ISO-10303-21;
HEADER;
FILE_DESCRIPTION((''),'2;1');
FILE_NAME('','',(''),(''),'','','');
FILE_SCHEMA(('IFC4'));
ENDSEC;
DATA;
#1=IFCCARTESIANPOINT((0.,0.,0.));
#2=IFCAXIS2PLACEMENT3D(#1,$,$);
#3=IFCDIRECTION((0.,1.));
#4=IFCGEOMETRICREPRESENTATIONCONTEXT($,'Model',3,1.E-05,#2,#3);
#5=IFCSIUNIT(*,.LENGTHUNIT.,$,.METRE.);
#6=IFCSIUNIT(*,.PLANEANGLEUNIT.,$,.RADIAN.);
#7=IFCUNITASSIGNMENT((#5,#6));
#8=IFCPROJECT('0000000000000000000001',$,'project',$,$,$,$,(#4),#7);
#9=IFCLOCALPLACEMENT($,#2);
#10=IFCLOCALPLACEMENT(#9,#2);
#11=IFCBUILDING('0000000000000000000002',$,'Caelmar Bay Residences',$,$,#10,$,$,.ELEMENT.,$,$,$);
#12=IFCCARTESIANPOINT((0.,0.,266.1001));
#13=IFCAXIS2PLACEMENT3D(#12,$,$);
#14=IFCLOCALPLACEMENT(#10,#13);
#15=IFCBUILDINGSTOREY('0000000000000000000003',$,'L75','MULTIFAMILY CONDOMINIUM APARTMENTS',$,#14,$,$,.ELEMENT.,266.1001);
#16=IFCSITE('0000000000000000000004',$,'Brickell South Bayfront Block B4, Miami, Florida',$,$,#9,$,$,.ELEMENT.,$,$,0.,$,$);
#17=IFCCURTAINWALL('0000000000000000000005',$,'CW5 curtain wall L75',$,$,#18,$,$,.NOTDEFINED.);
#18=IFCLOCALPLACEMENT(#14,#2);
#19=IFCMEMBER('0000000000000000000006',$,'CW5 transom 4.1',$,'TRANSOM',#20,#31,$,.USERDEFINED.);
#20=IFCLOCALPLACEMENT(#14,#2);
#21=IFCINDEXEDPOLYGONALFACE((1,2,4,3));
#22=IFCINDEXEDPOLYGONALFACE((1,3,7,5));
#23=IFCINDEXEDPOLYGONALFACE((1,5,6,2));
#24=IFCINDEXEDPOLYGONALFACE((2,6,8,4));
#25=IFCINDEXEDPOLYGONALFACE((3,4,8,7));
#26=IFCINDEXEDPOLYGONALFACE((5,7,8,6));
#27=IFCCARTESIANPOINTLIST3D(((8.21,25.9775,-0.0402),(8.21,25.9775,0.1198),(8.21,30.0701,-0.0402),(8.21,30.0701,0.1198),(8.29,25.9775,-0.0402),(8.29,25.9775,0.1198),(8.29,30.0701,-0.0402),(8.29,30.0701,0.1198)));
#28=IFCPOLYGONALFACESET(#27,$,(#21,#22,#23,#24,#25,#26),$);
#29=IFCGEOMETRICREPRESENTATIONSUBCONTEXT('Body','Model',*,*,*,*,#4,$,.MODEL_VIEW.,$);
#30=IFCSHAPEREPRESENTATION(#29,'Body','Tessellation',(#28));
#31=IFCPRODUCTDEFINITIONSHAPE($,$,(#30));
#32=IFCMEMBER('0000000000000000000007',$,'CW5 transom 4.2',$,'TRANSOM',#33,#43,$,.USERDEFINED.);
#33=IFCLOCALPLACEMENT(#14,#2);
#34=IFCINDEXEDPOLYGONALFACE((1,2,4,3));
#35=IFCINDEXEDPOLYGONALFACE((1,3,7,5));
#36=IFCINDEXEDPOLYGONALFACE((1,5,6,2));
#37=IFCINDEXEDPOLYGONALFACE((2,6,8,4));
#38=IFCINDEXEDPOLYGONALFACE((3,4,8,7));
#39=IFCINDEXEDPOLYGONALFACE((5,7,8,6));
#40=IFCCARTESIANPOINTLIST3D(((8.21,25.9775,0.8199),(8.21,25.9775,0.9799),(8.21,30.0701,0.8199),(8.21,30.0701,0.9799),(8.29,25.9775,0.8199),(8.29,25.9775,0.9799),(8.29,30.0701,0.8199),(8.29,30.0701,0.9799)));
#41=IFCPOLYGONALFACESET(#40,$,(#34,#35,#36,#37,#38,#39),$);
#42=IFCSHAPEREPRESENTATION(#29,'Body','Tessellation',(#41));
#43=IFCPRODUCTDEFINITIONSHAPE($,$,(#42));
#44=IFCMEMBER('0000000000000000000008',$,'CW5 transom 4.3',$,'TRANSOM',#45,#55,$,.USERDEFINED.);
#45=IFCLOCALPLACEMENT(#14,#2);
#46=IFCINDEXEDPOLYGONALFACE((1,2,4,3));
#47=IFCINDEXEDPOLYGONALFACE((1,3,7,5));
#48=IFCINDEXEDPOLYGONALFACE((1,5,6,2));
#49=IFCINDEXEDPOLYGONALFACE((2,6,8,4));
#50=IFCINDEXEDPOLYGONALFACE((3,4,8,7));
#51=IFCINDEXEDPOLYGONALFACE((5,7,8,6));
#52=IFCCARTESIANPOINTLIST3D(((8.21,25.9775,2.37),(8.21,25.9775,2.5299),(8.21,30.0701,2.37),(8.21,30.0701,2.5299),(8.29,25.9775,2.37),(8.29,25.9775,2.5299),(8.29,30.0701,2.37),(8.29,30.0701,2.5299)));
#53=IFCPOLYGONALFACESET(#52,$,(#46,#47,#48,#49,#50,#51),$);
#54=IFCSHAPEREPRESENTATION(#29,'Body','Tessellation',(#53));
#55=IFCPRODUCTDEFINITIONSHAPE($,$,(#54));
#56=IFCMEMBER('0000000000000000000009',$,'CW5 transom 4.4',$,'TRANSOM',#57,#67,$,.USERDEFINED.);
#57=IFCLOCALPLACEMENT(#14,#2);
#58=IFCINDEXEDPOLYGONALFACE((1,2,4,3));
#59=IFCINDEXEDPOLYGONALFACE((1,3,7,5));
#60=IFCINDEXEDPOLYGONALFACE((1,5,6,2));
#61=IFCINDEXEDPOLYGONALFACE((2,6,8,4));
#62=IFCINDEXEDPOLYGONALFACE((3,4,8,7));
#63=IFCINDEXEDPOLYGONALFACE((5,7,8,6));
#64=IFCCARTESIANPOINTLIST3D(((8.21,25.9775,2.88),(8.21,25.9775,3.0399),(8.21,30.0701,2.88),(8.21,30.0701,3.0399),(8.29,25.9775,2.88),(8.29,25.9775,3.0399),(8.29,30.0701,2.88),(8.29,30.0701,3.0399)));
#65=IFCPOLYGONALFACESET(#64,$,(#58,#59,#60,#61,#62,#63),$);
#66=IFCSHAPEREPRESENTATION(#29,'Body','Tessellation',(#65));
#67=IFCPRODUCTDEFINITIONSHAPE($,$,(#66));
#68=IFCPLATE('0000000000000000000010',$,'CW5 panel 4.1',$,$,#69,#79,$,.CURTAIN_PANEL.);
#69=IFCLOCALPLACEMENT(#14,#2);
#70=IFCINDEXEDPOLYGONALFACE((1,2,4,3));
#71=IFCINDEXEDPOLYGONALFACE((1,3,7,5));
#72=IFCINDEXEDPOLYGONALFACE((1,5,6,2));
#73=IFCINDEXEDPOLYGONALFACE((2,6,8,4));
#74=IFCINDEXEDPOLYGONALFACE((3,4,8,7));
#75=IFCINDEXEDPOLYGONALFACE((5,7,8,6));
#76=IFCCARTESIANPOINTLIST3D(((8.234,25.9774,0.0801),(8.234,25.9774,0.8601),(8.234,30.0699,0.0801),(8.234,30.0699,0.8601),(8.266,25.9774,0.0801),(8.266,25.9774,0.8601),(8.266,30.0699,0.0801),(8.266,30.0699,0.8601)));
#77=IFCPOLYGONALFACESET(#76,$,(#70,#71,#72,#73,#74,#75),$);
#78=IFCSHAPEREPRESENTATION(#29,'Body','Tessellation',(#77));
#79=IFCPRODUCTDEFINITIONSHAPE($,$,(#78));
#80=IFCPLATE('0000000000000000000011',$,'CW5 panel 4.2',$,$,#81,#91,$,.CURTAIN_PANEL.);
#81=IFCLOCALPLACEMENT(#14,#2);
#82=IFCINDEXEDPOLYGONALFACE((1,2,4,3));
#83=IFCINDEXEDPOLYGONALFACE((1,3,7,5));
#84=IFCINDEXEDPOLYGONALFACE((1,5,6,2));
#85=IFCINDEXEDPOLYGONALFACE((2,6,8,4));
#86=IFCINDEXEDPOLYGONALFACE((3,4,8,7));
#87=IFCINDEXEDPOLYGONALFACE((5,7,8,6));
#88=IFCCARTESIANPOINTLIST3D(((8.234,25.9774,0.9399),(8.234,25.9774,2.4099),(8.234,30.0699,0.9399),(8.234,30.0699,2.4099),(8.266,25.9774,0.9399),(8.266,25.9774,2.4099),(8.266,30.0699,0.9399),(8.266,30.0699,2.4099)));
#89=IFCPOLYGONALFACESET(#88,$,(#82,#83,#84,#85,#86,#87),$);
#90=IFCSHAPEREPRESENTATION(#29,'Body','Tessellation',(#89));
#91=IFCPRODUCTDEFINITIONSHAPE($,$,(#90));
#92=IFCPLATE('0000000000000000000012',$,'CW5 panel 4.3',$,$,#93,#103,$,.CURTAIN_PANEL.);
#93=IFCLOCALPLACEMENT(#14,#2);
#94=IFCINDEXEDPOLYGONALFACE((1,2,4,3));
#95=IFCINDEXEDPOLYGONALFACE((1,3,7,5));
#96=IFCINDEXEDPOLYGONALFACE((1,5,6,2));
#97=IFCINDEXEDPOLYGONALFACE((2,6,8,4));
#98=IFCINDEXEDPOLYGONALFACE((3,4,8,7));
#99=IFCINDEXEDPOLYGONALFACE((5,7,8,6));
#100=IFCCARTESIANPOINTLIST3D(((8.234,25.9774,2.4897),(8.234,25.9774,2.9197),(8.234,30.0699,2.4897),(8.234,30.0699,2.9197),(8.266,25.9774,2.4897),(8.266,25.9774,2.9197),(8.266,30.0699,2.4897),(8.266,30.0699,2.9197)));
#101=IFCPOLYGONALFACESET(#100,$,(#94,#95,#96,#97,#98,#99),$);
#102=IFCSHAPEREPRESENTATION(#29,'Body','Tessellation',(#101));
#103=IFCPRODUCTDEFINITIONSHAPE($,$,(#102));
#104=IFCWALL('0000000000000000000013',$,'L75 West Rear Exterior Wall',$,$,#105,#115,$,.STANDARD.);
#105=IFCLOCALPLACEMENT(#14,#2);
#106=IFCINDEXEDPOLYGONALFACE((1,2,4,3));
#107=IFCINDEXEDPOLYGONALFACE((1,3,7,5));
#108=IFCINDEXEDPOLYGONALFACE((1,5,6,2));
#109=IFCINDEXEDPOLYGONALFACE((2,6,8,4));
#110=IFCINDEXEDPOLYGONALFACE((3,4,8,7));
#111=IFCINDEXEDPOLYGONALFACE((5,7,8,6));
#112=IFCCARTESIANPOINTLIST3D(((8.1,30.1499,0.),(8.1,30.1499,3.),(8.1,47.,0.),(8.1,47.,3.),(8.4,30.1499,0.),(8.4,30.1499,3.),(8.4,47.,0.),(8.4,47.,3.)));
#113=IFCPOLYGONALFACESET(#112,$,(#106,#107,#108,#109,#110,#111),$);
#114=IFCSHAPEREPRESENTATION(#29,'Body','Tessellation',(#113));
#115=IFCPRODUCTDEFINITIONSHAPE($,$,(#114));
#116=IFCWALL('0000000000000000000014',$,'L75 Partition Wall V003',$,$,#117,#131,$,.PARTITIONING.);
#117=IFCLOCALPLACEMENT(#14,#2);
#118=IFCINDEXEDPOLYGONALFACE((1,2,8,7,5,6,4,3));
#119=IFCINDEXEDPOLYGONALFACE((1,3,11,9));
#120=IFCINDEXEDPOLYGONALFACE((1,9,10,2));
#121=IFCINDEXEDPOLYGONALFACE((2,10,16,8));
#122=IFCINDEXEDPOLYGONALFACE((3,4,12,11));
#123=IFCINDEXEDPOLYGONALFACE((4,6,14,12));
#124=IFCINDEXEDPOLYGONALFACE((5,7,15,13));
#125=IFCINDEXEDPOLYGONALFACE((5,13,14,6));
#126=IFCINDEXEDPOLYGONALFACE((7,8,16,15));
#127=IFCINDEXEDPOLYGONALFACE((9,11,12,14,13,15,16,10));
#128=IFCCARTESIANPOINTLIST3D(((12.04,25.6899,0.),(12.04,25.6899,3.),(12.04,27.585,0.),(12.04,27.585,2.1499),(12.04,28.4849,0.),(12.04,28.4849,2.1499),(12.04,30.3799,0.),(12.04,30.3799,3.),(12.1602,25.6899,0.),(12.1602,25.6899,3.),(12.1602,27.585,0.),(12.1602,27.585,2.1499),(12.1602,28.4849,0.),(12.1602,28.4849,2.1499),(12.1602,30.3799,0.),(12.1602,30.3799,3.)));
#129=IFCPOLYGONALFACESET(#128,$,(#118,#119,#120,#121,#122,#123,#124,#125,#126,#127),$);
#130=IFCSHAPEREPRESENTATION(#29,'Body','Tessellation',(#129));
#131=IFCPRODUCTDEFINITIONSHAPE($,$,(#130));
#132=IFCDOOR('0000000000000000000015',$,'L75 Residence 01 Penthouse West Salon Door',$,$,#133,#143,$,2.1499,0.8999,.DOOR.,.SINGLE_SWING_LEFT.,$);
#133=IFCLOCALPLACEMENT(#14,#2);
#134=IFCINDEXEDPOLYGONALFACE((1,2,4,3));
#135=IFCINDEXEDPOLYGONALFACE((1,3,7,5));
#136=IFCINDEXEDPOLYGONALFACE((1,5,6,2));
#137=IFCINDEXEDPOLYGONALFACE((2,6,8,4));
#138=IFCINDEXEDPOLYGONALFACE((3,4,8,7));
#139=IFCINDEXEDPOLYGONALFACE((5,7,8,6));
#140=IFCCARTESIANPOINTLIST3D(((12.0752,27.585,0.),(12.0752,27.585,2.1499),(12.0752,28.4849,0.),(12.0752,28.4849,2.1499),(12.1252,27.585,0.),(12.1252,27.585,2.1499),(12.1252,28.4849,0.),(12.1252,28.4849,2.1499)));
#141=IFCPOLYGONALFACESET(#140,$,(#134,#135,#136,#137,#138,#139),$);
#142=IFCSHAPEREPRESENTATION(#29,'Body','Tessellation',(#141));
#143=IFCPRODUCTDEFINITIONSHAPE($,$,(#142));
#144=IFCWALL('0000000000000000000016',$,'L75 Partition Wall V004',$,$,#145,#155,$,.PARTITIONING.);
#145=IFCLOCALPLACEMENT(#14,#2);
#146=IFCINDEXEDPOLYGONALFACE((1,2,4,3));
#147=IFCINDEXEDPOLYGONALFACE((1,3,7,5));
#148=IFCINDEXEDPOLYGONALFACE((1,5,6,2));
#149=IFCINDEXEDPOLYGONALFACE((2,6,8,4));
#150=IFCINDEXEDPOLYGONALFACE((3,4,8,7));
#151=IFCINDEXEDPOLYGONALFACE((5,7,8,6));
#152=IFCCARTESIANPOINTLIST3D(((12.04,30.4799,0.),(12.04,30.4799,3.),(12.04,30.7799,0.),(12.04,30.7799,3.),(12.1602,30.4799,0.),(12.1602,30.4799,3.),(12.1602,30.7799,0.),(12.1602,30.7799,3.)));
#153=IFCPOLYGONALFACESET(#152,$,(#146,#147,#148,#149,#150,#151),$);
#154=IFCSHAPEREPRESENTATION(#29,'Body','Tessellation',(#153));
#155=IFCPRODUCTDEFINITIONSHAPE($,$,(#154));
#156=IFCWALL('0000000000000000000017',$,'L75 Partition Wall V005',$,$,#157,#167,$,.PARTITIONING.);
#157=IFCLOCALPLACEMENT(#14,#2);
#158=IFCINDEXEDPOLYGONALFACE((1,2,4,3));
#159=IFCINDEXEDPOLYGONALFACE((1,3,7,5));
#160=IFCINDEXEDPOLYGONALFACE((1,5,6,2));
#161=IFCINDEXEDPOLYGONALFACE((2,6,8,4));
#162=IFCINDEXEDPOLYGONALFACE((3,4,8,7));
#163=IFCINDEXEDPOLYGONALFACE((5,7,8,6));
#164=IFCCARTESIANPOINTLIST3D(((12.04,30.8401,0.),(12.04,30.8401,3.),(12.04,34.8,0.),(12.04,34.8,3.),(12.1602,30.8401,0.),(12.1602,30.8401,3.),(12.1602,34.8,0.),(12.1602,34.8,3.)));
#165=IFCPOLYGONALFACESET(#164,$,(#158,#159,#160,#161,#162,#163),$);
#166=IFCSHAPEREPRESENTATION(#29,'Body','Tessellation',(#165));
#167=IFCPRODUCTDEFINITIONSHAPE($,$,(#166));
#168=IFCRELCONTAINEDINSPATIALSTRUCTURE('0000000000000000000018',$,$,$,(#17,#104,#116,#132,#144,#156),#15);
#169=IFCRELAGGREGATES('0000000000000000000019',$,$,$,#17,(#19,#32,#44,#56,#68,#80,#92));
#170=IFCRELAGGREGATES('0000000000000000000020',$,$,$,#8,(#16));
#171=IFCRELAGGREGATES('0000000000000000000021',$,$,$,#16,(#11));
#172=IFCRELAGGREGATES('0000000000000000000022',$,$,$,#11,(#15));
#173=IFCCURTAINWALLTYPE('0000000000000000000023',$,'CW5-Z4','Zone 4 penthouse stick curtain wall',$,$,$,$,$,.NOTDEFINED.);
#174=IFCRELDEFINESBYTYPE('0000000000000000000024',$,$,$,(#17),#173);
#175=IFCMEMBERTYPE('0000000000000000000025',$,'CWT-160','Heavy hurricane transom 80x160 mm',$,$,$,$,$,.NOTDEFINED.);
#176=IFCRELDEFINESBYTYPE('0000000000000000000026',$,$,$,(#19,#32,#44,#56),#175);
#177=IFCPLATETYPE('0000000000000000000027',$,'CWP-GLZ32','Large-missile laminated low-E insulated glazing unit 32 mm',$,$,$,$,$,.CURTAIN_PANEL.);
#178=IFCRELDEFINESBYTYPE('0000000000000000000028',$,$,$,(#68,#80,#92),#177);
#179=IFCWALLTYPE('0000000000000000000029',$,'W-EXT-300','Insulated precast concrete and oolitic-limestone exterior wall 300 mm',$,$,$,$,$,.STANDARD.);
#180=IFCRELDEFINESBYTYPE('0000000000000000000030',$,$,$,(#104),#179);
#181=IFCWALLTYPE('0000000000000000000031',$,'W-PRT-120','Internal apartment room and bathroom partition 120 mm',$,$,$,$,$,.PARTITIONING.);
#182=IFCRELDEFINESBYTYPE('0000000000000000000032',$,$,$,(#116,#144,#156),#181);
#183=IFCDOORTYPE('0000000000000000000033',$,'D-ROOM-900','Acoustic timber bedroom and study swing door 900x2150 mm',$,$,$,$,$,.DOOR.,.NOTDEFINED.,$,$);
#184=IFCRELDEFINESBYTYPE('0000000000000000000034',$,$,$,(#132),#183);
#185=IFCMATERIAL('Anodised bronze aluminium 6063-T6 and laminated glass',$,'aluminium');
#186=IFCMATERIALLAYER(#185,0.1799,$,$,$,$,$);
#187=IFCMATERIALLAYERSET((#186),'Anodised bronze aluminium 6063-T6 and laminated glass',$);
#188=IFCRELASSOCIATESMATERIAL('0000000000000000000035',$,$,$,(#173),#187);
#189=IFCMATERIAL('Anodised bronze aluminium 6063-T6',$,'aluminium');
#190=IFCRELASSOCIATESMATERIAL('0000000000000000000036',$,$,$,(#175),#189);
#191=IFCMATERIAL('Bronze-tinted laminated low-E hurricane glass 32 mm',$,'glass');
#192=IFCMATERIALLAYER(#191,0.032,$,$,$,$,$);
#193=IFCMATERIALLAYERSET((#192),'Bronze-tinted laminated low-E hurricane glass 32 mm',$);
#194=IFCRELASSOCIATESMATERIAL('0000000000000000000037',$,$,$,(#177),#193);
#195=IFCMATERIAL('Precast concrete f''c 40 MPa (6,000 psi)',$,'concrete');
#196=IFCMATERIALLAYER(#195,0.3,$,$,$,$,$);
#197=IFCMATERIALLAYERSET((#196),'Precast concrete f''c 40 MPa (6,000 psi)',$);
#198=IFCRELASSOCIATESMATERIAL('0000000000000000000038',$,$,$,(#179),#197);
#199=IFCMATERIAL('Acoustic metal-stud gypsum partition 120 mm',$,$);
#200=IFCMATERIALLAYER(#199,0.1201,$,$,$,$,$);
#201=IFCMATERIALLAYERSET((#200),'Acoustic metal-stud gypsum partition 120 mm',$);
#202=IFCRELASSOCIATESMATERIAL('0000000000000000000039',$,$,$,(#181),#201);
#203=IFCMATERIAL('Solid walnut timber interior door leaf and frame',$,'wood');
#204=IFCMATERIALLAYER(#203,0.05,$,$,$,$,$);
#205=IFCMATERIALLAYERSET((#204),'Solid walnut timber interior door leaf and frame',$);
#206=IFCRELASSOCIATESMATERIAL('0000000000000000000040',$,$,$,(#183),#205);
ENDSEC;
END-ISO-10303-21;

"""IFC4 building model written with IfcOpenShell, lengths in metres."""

from ifc_helpers import new_model, si_unit, direction, frame, frame_2d, origin, origin_2d, place, context, subcontext, project, spatial, rectangle, extrude, material, layer, layer_set, material_profile, profile_set, type_object, element, fill, aggregate, save


model = new_model("IFC4")

# Units and contexts
model_context = context("Model", 3, precision=1e-05, world=origin(), true_north=direction((0.0, 1.0)))
body_context = subcontext(model_context, "Body", "Model", "MODEL_VIEW")
ifc_project = project(units=[si_unit("LENGTHUNIT", "METRE"), si_unit("PLANEANGLEUNIT", "RADIAN")], contexts=[model_context])

# Site, building, storey
site_placement = place(None, origin())
site = spatial("IfcSite", under=ifc_project, at=site_placement, Name="Brickell South Bayfront Block B4, Miami, Florida", CompositionType="ELEMENT", RefElevation=0.0)
building_placement = place(site_placement, origin())
building = spatial("IfcBuilding", under=site, at=building_placement, Name="Caelmar Bay Residences", CompositionType="ELEMENT")
storey_placement = place(building_placement, frame((0.0, 0.0, 266.1001)))
storey = spatial("IfcBuildingStorey", under=building, at=storey_placement, Name="L75", Description="MULTIFAMILY CONDOMINIUM APARTMENTS", CompositionType="ELEMENT", Elevation=266.1001)

# Curtain wall, members, plates
ifc_material_1 = material(Name="Anodised bronze aluminium 6063-T6 and laminated glass", Category="aluminium")
ifc_layer_1 = layer(ifc_material_1, 0.1799)
ifc_layer_set_1 = layer_set([ifc_layer_1], Name="Anodised bronze aluminium 6063-T6 and laminated glass")
curtain_wall_type = type_object("IfcCurtainWallType", Name="CW5-Z4", Description="Zone 4 penthouse stick curtain wall", PredefinedType="NOTDEFINED", material=ifc_layer_set_1)
curtain_wall_placement = place(storey_placement, origin())
curtain_wall = element("IfcCurtainWall", 1, at=curtain_wall_placement, inside=storey, type_object=curtain_wall_type, Name="CW5 curtain wall L75", PredefinedType="NOTDEFINED")
ifc_material_2 = material(Name="Anodised bronze aluminium 6063-T6", Category="aluminium")
ifc_material_profile_1 = material_profile(ifc_material_2, rectangle(XDim=0.0801, YDim=0.1599, at=origin_2d()), Name="CWT-80X160")
ifc_profile_set_1 = profile_set([ifc_material_profile_1], Name="Anodised bronze aluminium 6063-T6")
member_type_1 = type_object("IfcMemberType", Name="CWT-160", Description="Heavy hurricane transom 80x160 mm", PredefinedType="NOTDEFINED", material=ifc_profile_set_1)
member_1_placement = place(storey_placement, frame((8.25, 25.9775, 0.0398), z_axis=(0.0, 1.0, 0.0), x_axis=(-1.0, 0.0, 0.0)))
member_1 = element("IfcMember", 2, at=member_1_placement, type_object=member_type_1, Name="CW5 transom 4.1", ObjectType="TRANSOM", PredefinedType="USERDEFINED", context=body_context, shape_type="SweptSolid", body=[
    extrude(rectangle(XDim=0.0801, YDim=0.1599, at=origin_2d()), origin(), (0.0, 0.0, 1.0), 4.0925),
])
member_2_placement = place(storey_placement, frame((8.25, 25.9775, 0.8999), z_axis=(0.0, 1.0, 0.0), x_axis=(-1.0, 0.0, 0.0)))
member_2 = element("IfcMember", 3, at=member_2_placement, type_object=member_type_1, Name="CW5 transom 4.2", ObjectType="TRANSOM", PredefinedType="USERDEFINED", context=body_context, shape_type="SweptSolid", body=[
    extrude(rectangle(XDim=0.0801, YDim=0.1599, at=origin_2d()), origin(), (0.0, 0.0, 1.0), 4.0925),
])
member_3_placement = place(storey_placement, frame((8.25, 25.9775, 2.45), z_axis=(0.0, 1.0, 0.0), x_axis=(-1.0, 0.0, 0.0)))
member_3 = element("IfcMember", 4, at=member_3_placement, type_object=member_type_1, Name="CW5 transom 4.3", ObjectType="TRANSOM", PredefinedType="USERDEFINED", context=body_context, shape_type="SweptSolid", body=[
    extrude(rectangle(XDim=0.0801, YDim=0.1599, at=origin_2d()), origin(), (0.0, 0.0, 1.0), 4.0925),
])
member_4_placement = place(storey_placement, frame((8.25, 25.9775, 2.96), z_axis=(0.0, 1.0, 0.0), x_axis=(-1.0, 0.0, 0.0)))
member_4 = element("IfcMember", 5, at=member_4_placement, type_object=member_type_1, Name="CW5 transom 4.4", ObjectType="TRANSOM", PredefinedType="USERDEFINED", context=body_context, shape_type="SweptSolid", body=[
    extrude(rectangle(XDim=0.0801, YDim=0.1599, at=origin_2d()), origin(), (0.0, 0.0, 1.0), 4.0925),
])
ifc_material_3 = material(Name="Bronze-tinted laminated low-E hurricane glass 32 mm", Category="glass")
ifc_layer_2 = layer(ifc_material_3, 0.032)
ifc_layer_set_2 = layer_set([ifc_layer_2], Name="Bronze-tinted laminated low-E hurricane glass 32 mm")
plate_type = type_object("IfcPlateType", Name="CWP-GLZ32", Description="Large-missile laminated low-E insulated glazing unit 32 mm", PredefinedType="CURTAIN_PANEL", material=ifc_layer_set_2)
plate_1_placement = place(storey_placement, frame((8.25, 28.0237, 0.0801), z_axis=(0.0, 0.0, 1.0), x_axis=(0.0, 1.0, 0.0)))
plate_1 = element("IfcPlate", 6, at=plate_1_placement, type_object=plate_type, Name="CW5 panel 4.1", PredefinedType="CURTAIN_PANEL", context=body_context, shape_type="SweptSolid", body=[
    extrude(rectangle(XDim=4.0925, YDim=0.032, at=origin_2d()), origin(), (0.0, 0.0, 1.0), 0.78),
])
plate_2_placement = place(storey_placement, frame((8.25, 28.0237, 0.9399), z_axis=(0.0, 0.0, 1.0), x_axis=(0.0, 1.0, 0.0)))
plate_2 = element("IfcPlate", 7, at=plate_2_placement, type_object=plate_type, Name="CW5 panel 4.2", PredefinedType="CURTAIN_PANEL", context=body_context, shape_type="SweptSolid", body=[
    extrude(rectangle(XDim=4.0925, YDim=0.032, at=origin_2d()), origin(), (0.0, 0.0, 1.0), 1.47),
])
plate_3_placement = place(storey_placement, frame((8.25, 28.0237, 2.4897), z_axis=(0.0, 0.0, 1.0), x_axis=(0.0, 1.0, 0.0)))
plate_3 = element("IfcPlate", 8, at=plate_3_placement, type_object=plate_type, Name="CW5 panel 4.3", PredefinedType="CURTAIN_PANEL", context=body_context, shape_type="SweptSolid", body=[
    extrude(rectangle(XDim=4.0925, YDim=0.032, at=origin_2d()), origin(), (0.0, 0.0, 1.0), 0.4299),
])
aggregate(curtain_wall, [member_1, member_2, member_3, member_4, plate_1, plate_2, plate_3])

# Wall
ifc_material_4 = material(Name="Precast concrete f'c 40 MPa (6,000 psi)", Category="concrete")
ifc_layer_3 = layer(ifc_material_4, 0.3)
ifc_layer_set_3 = layer_set([ifc_layer_3], Name="Precast concrete f'c 40 MPa (6,000 psi)")
wall_type_1 = type_object("IfcWallType", Name="W-EXT-300", Description="Insulated precast concrete and oolitic-limestone exterior wall 300 mm", PredefinedType="STANDARD", material=ifc_layer_set_3)
wall_1_placement = place(storey_placement, frame((8.25, 30.1499, 0.0), z_axis=(0.0, 0.0, 1.0), x_axis=(0.0, 1.0, 0.0)))
element("IfcWall", 9, at=wall_1_placement, inside=storey, type_object=wall_type_1, Name="L75 West Rear Exterior Wall", PredefinedType="STANDARD", context=body_context, shape_type="SweptSolid", body=[
    extrude(rectangle(XDim=16.8501, YDim=0.3, at=frame_2d((8.425, 0.0))), origin(), (0.0, 0.0, 1.0), 3.0),
])

# Wall, opening, door
ifc_material_5 = material(Name="Acoustic metal-stud gypsum partition 120 mm")
ifc_layer_4 = layer(ifc_material_5, 0.1201)
ifc_layer_set_4 = layer_set([ifc_layer_4], Name="Acoustic metal-stud gypsum partition 120 mm")
wall_type_2 = type_object("IfcWallType", Name="W-PRT-120", Description="Internal apartment room and bathroom partition 120 mm", PredefinedType="PARTITIONING", material=ifc_layer_set_4)
wall_2_placement = place(storey_placement, frame((12.1001, 25.6899, 0.0), z_axis=(0.0, 0.0, 1.0), x_axis=(0.0, 1.0, 0.0)))
wall_2 = element("IfcWall", 10, at=wall_2_placement, inside=storey, type_object=wall_type_2, Name="L75 Partition Wall V003", PredefinedType="PARTITIONING", context=body_context, shape_type="SweptSolid", body=[
    extrude(rectangle(XDim=4.6899, YDim=0.1201, at=frame_2d((2.345, 0.0))), origin(), (0.0, 0.0, 1.0), 3.0),
])
opening_1_placement = place(wall_2_placement, frame((1.895, 0.0, 0.0)))
opening_1 = element("IfcOpeningElement", 11, at=opening_1_placement, cuts=wall_2, PredefinedType="OPENING", context=body_context, shape_type="SweptSolid", body=[
    extrude(rectangle(XDim=0.8999, YDim=2.1499, at=frame_2d((0.45, 1.075))), frame((0.0, 0.0701, 0.0), z_axis=(0.0, -1.0, 0.0), x_axis=(1.0, 0.0, 0.0)), (0.0, 0.0, 1.0), 0.1401),
])
ifc_material_6 = material(Name="Solid walnut timber interior door leaf and frame", Category="wood")
ifc_layer_5 = layer(ifc_material_6, 0.05)
ifc_layer_set_5 = layer_set([ifc_layer_5], Name="Solid walnut timber interior door leaf and frame")
door_type_1 = type_object("IfcDoorType", Name="D-ROOM-900", Description="Acoustic timber bedroom and study swing door 900x2150 mm", OperationType="NOTDEFINED", PredefinedType="DOOR", material=ifc_layer_set_5)
door_1_placement = place(opening_1_placement, origin())
door_1 = element("IfcDoor", 12, at=door_1_placement, inside=storey, type_object=door_type_1, Name="L75 Residence 01 Penthouse West Salon Door", OperationType="SINGLE_SWING_LEFT", OverallHeight=2.1499, OverallWidth=0.8999, PredefinedType="DOOR", context=body_context, shape_type="SweptSolid", body=[
    extrude(rectangle(XDim=0.8999, YDim=2.1499, at=frame_2d((0.45, 1.075))), frame((0.0, 0.0249, 0.0), z_axis=(0.0, -1.0, 0.0), x_axis=(1.0, 0.0, 0.0)), (0.0, 0.0, 1.0), 0.05),
])
fill(opening_1, door_1)

# Walls
wall_3_placement = place(storey_placement, frame((12.1001, 30.48, 0.0), z_axis=(0.0, 0.0, 1.0), x_axis=(0.0, 1.0, 0.0)))
element("IfcWall", 13, at=wall_3_placement, inside=storey, type_object=wall_type_2, Name="L75 Partition Wall V004", PredefinedType="PARTITIONING", context=body_context, shape_type="SweptSolid", body=[
    extrude(rectangle(XDim=0.3, YDim=0.1201, at=frame_2d((0.1499, 0.0))), origin(), (0.0, 0.0, 1.0), 3.0),
])
wall_4_placement = place(storey_placement, frame((12.1001, 30.8401, 0.0), z_axis=(0.0, 0.0, 1.0), x_axis=(0.0, 1.0, 0.0)))
element("IfcWall", 14, at=wall_4_placement, inside=storey, type_object=wall_type_2, Name="L75 Partition Wall V005", PredefinedType="PARTITIONING", context=body_context, shape_type="SweptSolid", body=[
    extrude(rectangle(XDim=3.96, YDim=0.1201, at=frame_2d((1.98, 0.0))), origin(), (0.0, 0.0, 1.0), 3.0),
])

save(model, "model.ifc")
